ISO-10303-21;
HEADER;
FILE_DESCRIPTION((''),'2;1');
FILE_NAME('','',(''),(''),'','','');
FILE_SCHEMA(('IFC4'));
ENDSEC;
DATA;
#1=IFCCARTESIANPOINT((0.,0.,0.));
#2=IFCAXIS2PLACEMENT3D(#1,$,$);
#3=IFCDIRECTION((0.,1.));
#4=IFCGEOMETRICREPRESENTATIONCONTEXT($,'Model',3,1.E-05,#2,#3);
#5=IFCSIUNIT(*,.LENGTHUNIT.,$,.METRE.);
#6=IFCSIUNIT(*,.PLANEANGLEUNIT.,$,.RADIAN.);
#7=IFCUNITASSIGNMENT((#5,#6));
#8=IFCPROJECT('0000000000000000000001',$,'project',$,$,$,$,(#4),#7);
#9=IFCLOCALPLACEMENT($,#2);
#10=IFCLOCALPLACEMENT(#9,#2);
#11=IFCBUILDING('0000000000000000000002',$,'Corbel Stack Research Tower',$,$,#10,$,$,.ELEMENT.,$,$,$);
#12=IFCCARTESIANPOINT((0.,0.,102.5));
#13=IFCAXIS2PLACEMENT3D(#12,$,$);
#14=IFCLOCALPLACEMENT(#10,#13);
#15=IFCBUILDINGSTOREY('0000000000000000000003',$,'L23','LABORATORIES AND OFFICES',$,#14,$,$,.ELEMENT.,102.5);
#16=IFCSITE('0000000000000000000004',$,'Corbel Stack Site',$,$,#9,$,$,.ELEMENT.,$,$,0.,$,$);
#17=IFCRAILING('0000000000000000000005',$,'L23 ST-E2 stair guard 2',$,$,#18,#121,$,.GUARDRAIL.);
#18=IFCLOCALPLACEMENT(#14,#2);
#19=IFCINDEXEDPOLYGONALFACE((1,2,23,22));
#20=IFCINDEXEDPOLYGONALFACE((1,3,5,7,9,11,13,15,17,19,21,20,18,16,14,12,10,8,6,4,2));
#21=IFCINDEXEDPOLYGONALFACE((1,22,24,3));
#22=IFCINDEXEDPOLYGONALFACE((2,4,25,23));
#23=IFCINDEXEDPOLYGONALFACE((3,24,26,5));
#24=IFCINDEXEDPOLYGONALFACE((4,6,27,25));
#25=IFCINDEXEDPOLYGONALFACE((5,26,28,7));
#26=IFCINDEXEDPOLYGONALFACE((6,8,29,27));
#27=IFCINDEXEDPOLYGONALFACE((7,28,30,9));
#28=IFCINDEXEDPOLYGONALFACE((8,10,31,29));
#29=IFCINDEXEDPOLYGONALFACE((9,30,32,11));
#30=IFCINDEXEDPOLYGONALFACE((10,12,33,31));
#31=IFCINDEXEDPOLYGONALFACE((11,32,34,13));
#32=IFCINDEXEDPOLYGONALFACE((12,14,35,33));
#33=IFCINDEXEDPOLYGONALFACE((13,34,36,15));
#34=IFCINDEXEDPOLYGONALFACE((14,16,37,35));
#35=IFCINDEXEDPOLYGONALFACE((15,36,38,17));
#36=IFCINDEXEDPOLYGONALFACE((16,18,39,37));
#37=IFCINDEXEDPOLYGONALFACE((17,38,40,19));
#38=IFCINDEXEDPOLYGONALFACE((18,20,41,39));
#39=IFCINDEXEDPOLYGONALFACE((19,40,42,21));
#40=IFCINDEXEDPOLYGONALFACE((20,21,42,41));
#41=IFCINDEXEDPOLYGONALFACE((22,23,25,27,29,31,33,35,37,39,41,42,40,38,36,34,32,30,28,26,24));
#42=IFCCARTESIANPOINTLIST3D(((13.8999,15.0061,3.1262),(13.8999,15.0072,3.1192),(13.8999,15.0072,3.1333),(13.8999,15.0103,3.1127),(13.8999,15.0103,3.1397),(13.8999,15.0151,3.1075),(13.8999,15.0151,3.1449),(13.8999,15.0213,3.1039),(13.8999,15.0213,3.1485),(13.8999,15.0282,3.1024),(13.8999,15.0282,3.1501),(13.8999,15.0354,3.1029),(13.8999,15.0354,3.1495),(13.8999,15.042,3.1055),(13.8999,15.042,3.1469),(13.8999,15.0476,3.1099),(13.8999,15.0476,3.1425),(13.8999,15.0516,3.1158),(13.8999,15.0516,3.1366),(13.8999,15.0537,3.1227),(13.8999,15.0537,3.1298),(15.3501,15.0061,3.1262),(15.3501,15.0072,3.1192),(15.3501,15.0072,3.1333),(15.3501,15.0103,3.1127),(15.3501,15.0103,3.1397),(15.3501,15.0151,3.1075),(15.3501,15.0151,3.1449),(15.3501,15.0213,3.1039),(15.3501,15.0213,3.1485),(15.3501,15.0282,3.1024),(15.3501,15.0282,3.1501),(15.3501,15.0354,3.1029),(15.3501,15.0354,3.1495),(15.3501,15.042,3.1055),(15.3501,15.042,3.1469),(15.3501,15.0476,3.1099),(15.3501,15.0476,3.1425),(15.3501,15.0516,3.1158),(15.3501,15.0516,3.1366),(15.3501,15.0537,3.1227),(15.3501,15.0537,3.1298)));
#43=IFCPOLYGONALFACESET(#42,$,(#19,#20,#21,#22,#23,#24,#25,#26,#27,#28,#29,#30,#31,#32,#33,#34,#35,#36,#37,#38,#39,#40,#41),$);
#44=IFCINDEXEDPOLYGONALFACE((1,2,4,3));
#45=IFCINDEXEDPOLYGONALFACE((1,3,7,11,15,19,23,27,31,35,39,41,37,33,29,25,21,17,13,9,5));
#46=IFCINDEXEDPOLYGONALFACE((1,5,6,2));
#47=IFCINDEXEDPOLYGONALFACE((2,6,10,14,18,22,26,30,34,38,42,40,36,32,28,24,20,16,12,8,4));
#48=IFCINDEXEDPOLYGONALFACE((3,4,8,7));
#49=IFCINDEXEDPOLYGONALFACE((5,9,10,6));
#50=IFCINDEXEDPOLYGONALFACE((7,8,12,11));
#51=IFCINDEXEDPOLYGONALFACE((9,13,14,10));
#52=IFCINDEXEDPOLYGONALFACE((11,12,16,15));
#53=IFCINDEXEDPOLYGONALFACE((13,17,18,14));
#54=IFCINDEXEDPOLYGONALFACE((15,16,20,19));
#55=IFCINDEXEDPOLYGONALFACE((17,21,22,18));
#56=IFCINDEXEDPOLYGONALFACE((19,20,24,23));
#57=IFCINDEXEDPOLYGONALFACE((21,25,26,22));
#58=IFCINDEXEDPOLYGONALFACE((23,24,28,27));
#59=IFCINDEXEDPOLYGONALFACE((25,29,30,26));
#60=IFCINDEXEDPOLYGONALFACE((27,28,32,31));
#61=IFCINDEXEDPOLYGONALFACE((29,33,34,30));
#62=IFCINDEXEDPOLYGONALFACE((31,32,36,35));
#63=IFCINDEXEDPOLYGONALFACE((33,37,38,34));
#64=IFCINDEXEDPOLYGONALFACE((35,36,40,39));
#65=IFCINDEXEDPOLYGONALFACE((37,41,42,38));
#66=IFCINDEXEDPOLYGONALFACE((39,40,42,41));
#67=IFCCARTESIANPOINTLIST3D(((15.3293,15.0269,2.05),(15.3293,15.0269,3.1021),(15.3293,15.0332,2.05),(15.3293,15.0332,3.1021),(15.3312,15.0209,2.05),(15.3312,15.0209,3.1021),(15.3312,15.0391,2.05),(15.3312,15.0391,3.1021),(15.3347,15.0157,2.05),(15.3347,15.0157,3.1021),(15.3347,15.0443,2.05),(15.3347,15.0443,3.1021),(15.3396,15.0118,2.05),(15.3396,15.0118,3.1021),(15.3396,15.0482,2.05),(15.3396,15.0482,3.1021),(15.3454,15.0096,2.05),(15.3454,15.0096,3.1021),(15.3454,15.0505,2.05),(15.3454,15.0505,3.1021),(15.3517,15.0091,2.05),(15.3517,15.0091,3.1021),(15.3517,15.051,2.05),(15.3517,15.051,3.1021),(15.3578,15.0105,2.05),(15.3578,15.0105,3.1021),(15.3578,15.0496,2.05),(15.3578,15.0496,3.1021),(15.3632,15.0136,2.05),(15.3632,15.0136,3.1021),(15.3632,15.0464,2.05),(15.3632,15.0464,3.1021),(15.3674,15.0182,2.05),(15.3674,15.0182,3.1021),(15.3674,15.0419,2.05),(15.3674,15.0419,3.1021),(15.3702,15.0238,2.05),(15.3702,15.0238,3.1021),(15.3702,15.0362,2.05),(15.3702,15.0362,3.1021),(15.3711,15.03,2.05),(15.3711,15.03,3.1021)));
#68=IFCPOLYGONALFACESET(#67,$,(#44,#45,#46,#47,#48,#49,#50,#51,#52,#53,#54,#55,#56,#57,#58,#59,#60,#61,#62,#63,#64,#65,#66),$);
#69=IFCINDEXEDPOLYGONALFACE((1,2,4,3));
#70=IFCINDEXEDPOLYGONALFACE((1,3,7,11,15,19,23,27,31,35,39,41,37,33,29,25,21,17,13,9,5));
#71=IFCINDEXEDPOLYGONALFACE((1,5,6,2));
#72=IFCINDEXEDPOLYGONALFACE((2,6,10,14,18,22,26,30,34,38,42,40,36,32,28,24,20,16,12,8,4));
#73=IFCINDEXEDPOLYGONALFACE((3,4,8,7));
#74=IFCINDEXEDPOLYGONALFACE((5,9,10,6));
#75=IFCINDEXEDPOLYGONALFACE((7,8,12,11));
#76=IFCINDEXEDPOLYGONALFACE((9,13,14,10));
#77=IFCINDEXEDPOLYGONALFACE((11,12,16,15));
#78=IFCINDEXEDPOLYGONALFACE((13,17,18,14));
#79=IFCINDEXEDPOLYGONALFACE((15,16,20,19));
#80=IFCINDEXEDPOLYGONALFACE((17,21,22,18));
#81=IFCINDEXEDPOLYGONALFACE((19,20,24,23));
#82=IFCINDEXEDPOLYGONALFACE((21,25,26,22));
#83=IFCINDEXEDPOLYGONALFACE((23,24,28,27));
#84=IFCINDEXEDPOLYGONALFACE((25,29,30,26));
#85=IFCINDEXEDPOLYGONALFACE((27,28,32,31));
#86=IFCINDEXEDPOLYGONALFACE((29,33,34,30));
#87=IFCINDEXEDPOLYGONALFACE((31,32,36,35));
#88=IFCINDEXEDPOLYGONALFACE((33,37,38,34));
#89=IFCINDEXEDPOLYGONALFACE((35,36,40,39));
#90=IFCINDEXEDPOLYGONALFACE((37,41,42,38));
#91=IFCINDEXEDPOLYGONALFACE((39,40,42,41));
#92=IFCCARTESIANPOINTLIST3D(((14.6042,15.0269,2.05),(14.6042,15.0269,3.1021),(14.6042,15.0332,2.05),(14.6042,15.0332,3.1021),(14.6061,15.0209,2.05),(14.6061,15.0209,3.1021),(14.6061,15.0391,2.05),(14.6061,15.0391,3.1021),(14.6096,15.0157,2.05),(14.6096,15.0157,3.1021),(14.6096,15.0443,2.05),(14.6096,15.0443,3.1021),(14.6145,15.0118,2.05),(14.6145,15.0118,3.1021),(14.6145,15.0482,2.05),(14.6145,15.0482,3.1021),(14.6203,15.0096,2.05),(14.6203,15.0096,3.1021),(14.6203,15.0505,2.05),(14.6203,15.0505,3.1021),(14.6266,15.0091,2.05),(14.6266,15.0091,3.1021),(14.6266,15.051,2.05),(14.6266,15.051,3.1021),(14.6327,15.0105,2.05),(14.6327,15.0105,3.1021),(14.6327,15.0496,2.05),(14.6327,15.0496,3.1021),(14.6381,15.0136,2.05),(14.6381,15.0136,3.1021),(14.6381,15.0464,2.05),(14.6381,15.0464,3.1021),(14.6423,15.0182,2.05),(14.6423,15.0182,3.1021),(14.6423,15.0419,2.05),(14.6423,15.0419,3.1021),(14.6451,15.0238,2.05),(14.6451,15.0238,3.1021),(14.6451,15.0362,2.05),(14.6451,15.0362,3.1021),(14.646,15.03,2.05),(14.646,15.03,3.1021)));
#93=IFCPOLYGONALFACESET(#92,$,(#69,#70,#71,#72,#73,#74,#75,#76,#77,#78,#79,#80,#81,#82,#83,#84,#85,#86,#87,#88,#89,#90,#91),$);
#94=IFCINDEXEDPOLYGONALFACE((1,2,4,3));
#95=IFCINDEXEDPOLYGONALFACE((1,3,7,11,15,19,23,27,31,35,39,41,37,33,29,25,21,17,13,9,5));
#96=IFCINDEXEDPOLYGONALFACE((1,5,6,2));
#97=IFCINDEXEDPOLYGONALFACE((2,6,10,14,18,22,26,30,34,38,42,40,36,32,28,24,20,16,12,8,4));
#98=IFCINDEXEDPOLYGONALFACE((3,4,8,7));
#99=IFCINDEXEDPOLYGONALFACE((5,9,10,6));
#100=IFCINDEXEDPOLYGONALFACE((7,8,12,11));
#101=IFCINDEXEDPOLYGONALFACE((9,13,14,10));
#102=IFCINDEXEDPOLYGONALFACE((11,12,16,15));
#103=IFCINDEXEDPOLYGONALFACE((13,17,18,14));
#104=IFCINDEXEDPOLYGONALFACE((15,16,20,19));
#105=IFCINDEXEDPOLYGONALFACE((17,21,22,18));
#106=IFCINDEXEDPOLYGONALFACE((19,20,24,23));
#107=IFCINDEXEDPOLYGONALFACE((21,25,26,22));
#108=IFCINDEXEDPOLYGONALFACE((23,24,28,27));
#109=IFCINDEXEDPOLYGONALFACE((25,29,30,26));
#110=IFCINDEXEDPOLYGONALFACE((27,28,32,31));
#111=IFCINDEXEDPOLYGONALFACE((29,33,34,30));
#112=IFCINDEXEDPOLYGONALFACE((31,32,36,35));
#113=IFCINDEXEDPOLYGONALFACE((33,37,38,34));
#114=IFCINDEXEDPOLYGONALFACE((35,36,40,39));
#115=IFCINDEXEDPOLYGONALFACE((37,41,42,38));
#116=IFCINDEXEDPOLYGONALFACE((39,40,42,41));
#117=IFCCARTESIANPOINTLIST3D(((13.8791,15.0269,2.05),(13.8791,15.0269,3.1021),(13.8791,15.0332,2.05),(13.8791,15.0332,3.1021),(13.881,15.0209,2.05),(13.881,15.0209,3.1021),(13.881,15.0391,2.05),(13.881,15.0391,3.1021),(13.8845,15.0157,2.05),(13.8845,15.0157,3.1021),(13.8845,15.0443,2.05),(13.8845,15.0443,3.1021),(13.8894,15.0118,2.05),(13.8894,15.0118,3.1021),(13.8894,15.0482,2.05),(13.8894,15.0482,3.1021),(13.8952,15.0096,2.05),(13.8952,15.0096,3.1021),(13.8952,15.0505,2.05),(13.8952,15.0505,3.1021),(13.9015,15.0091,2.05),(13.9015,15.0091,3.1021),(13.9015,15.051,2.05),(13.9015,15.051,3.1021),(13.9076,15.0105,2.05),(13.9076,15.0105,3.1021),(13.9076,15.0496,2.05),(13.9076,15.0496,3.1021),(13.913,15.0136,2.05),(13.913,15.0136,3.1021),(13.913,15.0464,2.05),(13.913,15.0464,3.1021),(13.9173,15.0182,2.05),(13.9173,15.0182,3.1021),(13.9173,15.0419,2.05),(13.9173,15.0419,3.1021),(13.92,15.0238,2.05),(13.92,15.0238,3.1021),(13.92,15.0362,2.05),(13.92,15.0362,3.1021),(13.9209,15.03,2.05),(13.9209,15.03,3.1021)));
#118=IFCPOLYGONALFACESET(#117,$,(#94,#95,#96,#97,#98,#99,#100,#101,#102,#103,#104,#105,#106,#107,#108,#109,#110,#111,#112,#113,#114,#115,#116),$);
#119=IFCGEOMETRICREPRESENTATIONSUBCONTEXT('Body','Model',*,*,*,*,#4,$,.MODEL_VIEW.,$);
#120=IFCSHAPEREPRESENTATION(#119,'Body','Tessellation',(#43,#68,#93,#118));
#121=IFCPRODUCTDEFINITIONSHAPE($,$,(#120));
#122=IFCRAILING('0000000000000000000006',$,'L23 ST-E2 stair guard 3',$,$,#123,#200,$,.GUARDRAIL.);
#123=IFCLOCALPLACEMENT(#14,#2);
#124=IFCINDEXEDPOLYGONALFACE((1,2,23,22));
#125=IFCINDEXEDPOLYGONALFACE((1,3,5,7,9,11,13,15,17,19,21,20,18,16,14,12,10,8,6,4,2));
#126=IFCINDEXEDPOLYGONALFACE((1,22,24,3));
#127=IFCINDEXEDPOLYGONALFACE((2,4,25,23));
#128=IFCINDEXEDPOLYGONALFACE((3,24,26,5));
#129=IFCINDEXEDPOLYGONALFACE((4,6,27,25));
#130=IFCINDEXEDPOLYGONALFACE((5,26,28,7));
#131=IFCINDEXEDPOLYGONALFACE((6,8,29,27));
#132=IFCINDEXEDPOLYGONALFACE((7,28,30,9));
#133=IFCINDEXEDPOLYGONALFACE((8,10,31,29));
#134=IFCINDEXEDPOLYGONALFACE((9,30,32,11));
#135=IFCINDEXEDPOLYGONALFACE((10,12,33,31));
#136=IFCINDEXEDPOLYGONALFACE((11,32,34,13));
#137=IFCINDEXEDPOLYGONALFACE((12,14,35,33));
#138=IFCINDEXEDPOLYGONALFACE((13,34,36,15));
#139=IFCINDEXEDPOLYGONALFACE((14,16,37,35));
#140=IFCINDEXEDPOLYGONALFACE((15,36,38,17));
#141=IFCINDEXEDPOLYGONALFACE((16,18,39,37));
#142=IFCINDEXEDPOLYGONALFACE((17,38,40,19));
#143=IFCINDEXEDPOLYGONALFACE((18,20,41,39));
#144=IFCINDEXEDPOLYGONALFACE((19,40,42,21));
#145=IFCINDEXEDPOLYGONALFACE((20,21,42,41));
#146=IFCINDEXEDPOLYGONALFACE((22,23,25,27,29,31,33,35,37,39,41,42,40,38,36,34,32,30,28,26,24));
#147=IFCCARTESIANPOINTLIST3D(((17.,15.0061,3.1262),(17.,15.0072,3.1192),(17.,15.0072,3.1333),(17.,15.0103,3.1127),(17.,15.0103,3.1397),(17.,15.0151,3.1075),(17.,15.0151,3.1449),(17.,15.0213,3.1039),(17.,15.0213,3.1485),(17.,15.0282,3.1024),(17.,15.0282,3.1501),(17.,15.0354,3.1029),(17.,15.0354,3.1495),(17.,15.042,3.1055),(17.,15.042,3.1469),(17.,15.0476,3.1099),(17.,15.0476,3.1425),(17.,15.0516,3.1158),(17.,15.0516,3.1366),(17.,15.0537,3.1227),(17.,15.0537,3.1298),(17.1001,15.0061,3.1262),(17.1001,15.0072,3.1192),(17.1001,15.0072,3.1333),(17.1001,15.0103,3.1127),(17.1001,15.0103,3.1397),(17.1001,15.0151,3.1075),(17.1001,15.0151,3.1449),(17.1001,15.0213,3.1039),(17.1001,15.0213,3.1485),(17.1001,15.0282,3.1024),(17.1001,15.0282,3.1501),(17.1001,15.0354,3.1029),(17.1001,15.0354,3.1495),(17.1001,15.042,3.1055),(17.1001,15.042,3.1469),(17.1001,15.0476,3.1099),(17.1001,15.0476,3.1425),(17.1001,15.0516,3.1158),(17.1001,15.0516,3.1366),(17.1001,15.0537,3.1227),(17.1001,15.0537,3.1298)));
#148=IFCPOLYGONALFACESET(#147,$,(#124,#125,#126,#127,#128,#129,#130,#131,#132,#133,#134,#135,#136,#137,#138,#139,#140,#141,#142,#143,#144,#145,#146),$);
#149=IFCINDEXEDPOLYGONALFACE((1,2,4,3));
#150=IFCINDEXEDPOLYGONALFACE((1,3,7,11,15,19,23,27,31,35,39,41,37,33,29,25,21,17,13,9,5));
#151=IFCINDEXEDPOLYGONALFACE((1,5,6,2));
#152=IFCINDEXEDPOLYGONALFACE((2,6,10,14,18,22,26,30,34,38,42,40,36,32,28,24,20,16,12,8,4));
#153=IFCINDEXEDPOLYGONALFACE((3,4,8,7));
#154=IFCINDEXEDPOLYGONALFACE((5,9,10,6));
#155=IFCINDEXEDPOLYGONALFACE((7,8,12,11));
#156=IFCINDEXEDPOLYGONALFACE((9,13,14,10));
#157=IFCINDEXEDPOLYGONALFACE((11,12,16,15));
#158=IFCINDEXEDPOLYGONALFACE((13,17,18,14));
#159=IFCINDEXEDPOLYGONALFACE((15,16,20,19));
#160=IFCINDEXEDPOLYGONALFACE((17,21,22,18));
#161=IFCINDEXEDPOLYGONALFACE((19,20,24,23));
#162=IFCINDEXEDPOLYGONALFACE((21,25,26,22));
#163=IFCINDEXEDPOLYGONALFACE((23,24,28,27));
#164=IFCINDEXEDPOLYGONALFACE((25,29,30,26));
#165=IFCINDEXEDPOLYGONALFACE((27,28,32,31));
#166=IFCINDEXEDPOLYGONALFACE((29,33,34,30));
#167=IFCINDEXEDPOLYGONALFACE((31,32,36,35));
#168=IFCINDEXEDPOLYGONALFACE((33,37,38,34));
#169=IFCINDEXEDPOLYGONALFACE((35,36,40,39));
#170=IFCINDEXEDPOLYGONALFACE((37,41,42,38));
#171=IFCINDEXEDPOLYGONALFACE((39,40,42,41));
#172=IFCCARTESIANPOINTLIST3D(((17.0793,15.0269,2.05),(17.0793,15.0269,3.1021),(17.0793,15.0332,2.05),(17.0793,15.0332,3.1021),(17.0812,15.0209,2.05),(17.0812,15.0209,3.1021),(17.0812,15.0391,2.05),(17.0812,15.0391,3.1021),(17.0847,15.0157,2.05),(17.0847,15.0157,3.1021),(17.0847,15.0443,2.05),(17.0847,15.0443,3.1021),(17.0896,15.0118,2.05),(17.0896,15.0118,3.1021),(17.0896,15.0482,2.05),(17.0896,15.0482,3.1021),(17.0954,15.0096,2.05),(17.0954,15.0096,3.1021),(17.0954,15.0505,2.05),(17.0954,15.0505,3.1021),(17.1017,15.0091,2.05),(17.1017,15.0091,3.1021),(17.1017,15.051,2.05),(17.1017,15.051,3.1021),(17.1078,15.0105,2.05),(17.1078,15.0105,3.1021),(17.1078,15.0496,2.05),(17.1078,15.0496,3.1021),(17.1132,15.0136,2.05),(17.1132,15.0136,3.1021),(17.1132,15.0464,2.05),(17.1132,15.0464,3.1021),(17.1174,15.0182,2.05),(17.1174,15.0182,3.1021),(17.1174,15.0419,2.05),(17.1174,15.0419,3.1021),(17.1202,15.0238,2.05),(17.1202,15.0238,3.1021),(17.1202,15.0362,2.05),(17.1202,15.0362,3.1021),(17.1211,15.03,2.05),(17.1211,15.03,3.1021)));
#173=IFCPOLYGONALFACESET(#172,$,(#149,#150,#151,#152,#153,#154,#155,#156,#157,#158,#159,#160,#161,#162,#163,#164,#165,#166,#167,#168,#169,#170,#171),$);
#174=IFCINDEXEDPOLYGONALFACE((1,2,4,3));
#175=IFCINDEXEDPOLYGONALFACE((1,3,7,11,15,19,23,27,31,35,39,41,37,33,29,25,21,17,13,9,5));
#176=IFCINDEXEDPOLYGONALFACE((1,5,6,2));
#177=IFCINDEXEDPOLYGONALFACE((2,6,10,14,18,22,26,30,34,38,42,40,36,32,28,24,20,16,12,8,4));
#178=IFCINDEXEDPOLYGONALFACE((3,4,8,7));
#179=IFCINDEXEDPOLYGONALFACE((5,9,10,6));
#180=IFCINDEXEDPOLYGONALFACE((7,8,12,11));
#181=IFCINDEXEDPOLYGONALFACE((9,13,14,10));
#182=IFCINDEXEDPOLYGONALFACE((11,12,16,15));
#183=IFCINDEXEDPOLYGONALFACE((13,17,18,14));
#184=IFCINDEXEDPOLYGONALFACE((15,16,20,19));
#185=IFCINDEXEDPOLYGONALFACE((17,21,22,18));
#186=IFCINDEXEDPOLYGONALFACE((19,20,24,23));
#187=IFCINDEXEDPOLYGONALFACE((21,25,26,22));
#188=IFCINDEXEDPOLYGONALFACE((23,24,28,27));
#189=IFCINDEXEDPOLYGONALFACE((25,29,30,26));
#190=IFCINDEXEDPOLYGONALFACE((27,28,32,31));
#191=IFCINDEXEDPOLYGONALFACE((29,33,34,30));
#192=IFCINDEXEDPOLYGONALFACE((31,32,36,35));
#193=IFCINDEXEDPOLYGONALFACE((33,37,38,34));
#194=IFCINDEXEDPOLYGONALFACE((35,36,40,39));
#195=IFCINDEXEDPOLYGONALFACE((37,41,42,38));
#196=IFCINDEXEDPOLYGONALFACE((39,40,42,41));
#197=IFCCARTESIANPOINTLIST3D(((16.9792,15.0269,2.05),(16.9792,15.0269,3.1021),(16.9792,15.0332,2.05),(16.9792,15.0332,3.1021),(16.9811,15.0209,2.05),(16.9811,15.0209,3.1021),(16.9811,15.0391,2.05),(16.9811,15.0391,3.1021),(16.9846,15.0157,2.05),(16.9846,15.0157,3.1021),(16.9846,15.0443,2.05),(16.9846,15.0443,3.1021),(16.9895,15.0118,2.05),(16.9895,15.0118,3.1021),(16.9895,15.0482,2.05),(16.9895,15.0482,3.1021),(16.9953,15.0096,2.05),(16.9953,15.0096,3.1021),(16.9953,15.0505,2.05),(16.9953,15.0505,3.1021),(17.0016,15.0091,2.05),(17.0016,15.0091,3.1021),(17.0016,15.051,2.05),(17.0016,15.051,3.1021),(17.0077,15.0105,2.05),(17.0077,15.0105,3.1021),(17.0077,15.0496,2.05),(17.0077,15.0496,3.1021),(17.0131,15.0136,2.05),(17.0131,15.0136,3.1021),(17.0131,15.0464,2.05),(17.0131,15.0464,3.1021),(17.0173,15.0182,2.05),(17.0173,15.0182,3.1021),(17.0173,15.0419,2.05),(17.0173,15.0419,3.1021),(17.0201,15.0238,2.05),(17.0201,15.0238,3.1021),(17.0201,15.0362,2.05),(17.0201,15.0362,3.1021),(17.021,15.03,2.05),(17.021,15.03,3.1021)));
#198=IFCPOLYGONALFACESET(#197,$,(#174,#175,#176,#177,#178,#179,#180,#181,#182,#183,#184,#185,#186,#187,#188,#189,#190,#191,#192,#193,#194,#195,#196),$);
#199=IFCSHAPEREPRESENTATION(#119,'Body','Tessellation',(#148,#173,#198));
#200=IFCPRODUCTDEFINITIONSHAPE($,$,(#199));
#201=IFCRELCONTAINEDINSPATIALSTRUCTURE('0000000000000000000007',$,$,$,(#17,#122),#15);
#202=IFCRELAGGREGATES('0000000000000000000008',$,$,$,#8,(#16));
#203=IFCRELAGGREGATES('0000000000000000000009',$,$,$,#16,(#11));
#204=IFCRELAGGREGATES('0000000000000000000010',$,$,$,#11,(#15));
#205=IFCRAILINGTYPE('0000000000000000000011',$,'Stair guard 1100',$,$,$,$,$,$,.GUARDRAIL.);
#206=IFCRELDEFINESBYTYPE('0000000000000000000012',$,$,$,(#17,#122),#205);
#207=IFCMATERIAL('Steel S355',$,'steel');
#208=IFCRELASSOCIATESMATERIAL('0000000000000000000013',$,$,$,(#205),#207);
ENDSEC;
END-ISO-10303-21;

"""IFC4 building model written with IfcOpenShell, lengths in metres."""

from ifc_helpers import new_model, si_unit, direction, frame, origin, origin_2d, place, context, subcontext, project, spatial, circle, extrude, material, type_object, element, save


model = new_model("IFC4")

# Units and contexts
model_context = context("Model", 3, precision=1e-05, world=origin(), true_north=direction((0.0, 1.0)))
body_context = subcontext(model_context, "Body", "Model", "MODEL_VIEW")
ifc_project = project(units=[si_unit("LENGTHUNIT", "METRE"), si_unit("PLANEANGLEUNIT", "RADIAN")], contexts=[model_context])

# Site, building, storey
site_placement = place(None, origin())
site = spatial("IfcSite", under=ifc_project, at=site_placement, Name="Corbel Stack Site", CompositionType="ELEMENT", RefElevation=0.0)
building_placement = place(site_placement, origin())
building = spatial("IfcBuilding", under=site, at=building_placement, Name="Corbel Stack Research Tower", CompositionType="ELEMENT")
storey_placement = place(building_placement, frame((0.0, 0.0, 102.5)))
storey = spatial("IfcBuildingStorey", under=building, at=storey_placement, Name="L23", Description="LABORATORIES AND OFFICES", CompositionType="ELEMENT", Elevation=102.5)

# Railings
ifc_material_1 = material(Name="Steel S355", Category="steel")
railing_type_1 = type_object("IfcRailingType", Name="Stair guard 1100", PredefinedType="GUARDRAIL", material=ifc_material_1)
railing_1_placement = place(storey_placement, frame((15.3501, 15.03, 2.05)))
element("IfcRailing", 1, at=railing_1_placement, inside=storey, type_object=railing_type_1, Name="L23 ST-E2 stair guard 2", PredefinedType="GUARDRAIL", context=body_context, shape_type="SweptSolid", body=[
    extrude(circle(Radius=0.0239, at=origin_2d()), frame((0.0, 0.0, 1.0762), z_axis=(-1.0, 0.0, 0.0), x_axis=(0.0, -1.0, 0.0)), (0.0, 0.0, 1.0), 1.4502),
    extrude(circle(Radius=0.021, at=origin_2d()), origin(), (0.0, 0.0, 1.0), 1.052),
    extrude(circle(Radius=0.021, at=origin_2d()), frame((-0.7251, 0.0, 0.0)), (0.0, 0.0, 1.0), 1.052),
    extrude(circle(Radius=0.021, at=origin_2d()), frame((-1.4502, 0.0, 0.0)), (0.0, 0.0, 1.0), 1.052),
])
railing_2_placement = place(storey_placement, frame((17.1001, 15.03, 2.05)))
element("IfcRailing", 2, at=railing_2_placement, inside=storey, type_object=railing_type_1, Name="L23 ST-E2 stair guard 3", PredefinedType="GUARDRAIL", context=body_context, shape_type="SweptSolid", body=[
    extrude(circle(Radius=0.0239, at=origin_2d()), frame((0.0, 0.0, 1.0762), z_axis=(-1.0, 0.0, 0.0), x_axis=(0.0, -1.0, 0.0)), (0.0, 0.0, 1.0), 0.1001),
    extrude(circle(Radius=0.021, at=origin_2d()), origin(), (0.0, 0.0, 1.0), 1.052),
    extrude(circle(Radius=0.021, at=origin_2d()), frame((-0.1001, 0.0, 0.0)), (0.0, 0.0, 1.0), 1.052),
])

save(model, "model.ifc")
